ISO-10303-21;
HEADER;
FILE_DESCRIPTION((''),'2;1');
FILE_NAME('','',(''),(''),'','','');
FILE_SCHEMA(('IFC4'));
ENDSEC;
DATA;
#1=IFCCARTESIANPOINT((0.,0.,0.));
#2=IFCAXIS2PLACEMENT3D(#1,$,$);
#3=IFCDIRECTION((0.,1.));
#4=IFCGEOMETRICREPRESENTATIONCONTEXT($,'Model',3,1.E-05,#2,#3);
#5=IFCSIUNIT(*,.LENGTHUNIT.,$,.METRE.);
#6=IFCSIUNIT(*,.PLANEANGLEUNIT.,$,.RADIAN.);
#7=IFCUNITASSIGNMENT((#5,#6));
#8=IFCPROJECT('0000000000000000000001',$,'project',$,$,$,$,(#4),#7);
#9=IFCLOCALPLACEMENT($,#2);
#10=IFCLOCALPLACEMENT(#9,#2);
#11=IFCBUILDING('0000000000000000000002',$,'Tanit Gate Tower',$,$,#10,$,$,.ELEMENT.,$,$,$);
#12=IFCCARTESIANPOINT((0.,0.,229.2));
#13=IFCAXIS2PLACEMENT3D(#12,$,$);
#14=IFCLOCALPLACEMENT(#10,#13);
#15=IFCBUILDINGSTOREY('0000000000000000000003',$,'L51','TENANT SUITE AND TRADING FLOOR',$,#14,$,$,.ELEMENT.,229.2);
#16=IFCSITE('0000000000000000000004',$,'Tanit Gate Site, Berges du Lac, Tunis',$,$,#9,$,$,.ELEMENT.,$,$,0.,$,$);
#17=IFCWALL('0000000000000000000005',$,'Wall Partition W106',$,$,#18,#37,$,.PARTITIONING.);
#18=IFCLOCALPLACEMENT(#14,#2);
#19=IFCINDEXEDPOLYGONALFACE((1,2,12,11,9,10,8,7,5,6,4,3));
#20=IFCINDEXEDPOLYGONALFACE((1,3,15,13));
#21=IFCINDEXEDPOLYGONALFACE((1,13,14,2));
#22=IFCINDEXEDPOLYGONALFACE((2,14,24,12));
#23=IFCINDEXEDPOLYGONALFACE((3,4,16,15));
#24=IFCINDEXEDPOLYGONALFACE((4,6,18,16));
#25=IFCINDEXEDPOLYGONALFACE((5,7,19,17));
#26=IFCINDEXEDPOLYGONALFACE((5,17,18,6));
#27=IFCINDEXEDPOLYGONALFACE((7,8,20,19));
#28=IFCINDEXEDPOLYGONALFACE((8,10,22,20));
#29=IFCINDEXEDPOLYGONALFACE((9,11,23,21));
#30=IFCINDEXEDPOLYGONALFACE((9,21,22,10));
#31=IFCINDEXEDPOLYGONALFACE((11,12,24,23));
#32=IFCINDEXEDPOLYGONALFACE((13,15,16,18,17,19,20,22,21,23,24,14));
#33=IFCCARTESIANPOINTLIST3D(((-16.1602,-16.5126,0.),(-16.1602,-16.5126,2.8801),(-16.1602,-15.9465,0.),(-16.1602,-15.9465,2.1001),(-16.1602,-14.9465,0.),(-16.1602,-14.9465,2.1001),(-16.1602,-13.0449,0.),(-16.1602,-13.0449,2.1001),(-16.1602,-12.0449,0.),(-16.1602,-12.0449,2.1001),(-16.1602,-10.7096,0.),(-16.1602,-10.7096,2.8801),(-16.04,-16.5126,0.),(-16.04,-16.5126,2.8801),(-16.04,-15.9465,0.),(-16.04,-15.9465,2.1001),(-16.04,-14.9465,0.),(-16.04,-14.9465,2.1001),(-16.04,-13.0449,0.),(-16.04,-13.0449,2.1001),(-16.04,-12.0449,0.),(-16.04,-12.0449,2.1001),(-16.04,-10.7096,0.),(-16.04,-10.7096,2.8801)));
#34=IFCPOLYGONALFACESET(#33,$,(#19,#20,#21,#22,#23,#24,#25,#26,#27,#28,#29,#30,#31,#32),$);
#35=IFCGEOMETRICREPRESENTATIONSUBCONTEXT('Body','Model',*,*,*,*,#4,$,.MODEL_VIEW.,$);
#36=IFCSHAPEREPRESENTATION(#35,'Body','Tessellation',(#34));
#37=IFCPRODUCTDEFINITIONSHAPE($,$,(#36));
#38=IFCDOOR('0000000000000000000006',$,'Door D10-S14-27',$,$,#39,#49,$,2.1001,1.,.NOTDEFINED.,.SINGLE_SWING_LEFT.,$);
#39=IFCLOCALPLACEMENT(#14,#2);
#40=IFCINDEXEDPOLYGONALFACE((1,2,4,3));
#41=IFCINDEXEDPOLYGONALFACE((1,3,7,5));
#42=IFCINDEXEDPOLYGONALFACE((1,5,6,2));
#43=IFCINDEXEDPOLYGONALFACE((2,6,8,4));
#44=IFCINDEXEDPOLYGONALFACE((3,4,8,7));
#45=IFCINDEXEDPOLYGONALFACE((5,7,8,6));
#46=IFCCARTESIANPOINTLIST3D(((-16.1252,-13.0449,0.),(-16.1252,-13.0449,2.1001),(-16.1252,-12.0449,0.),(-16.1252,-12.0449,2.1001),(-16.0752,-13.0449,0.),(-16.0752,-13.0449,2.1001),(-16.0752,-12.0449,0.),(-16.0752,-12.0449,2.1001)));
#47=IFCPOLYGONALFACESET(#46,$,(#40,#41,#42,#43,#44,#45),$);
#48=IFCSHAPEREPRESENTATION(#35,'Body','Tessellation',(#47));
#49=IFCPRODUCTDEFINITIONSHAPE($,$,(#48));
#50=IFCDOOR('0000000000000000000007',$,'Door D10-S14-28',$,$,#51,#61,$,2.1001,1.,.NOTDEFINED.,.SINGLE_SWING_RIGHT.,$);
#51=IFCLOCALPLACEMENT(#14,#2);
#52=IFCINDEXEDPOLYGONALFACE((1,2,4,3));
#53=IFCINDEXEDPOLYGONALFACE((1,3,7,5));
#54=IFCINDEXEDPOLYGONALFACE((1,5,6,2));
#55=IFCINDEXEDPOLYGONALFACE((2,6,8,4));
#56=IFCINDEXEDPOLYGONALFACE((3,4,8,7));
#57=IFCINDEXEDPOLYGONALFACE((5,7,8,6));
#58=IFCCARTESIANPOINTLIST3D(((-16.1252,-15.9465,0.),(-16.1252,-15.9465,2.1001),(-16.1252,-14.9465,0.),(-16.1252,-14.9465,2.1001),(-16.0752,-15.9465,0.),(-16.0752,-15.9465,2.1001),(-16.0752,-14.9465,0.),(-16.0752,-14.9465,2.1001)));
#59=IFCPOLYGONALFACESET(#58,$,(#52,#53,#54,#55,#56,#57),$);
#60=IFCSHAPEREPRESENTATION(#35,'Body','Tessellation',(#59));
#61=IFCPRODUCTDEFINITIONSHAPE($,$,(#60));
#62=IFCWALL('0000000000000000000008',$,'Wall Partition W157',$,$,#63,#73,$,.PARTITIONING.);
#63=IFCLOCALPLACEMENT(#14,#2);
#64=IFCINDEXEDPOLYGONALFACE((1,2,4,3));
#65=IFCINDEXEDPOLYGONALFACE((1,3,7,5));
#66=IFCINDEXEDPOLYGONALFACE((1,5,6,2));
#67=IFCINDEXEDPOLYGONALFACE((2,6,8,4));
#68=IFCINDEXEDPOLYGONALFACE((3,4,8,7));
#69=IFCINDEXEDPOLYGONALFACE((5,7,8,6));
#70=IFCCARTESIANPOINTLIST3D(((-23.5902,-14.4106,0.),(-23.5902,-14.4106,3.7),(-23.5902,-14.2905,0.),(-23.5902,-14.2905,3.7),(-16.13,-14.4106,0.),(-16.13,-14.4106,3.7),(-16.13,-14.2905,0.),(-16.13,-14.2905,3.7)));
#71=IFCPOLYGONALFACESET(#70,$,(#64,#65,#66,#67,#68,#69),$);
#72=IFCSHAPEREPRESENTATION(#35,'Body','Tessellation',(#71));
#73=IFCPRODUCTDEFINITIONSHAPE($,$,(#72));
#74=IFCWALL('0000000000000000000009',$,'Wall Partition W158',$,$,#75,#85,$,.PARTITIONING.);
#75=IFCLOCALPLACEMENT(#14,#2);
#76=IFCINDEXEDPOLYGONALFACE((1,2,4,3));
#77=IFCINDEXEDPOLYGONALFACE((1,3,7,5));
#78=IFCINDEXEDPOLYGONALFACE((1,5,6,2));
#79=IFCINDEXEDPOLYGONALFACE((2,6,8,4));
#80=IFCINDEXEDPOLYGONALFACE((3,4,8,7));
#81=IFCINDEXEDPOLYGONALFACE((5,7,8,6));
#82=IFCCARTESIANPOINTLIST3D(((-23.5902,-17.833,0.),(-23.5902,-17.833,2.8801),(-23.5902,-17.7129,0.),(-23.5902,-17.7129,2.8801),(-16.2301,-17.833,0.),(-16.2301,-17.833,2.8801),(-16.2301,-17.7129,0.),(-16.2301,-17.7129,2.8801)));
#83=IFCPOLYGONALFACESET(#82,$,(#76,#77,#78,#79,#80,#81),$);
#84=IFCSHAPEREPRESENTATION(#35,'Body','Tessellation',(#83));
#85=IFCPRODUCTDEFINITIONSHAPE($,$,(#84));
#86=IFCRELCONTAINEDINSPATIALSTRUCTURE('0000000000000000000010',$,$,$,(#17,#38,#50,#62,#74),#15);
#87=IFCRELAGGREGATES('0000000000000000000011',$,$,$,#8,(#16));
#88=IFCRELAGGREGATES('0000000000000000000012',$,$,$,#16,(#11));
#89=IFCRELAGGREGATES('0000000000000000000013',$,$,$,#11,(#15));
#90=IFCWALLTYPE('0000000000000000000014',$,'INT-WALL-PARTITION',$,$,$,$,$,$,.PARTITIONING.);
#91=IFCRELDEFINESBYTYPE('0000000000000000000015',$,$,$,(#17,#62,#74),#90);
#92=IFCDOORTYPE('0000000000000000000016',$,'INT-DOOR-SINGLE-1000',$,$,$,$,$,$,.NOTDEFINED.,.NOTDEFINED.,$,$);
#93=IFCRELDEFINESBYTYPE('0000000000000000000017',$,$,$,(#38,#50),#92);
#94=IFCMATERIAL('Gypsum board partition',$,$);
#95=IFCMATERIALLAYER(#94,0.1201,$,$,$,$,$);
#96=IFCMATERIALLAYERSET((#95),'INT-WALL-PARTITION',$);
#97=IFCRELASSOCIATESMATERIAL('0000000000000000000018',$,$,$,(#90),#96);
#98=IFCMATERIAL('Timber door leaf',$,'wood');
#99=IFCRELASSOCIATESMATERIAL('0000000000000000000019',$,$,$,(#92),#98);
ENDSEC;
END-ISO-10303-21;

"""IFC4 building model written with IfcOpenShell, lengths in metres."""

from ifc_helpers import new_model, si_unit, direction, frame, frame_2d, origin, place, context, subcontext, project, spatial, rectangle, extrude, material, layer, layer_set, type_object, element, fill, save


model = new_model("IFC4")

# Units and contexts
model_context = context("Model", 3, precision=1e-05, world=origin(), true_north=direction((0.0, 1.0)))
body_context = subcontext(model_context, "Body", "Model", "MODEL_VIEW")
ifc_project = project(units=[si_unit("LENGTHUNIT", "METRE"), si_unit("PLANEANGLEUNIT", "RADIAN")], contexts=[model_context])

# Site, building, storey
site_placement = place(None, origin())
site = spatial("IfcSite", under=ifc_project, at=site_placement, Name="Tanit Gate Site, Berges du Lac, Tunis", CompositionType="ELEMENT", RefElevation=0.0)
building_placement = place(site_placement, origin())
building = spatial("IfcBuilding", under=site, at=building_placement, Name="Tanit Gate Tower", CompositionType="ELEMENT")
storey_placement = place(building_placement, frame((0.0, 0.0, 229.2)))
storey = spatial("IfcBuildingStorey", under=building, at=storey_placement, Name="L51", Description="TENANT SUITE AND TRADING FLOOR", CompositionType="ELEMENT", Elevation=229.2)

# Wall, openings, doors
ifc_material_1 = material(Name="Gypsum board partition")
ifc_layer_1 = layer(ifc_material_1, 0.1201)
ifc_layer_set_1 = layer_set([ifc_layer_1], Name="INT-WALL-PARTITION")
wall_type_1 = type_object("IfcWallType", Name="INT-WALL-PARTITION", PredefinedType="PARTITIONING", material=ifc_layer_set_1)
wall_1_placement = place(storey_placement, frame((-16.1001, -10.7097, 0.0), z_axis=(0.0, 0.0, 1.0), x_axis=(0.0, -1.0, 0.0)))
wall_1 = element("IfcWall", 1, at=wall_1_placement, inside=storey, type_object=wall_type_1, Name="Wall Partition W106", PredefinedType="PARTITIONING", context=body_context, shape_type="SweptSolid", body=[
    extrude(rectangle(XDim=5.803, YDim=0.1201, at=frame_2d((2.9014, 0.0))), origin(), (0.0, 0.0, 1.0), 2.8801),
])
opening_1_placement = place(wall_1_placement, frame((1.3352, 0.0, 0.0)))
opening_1 = element("IfcOpeningElement", 2, at=opening_1_placement, cuts=wall_1, PredefinedType="OPENING", context=body_context, shape_type="SweptSolid", body=[
    extrude(rectangle(XDim=1.0, YDim=2.1001, at=frame_2d((0.5, 1.05))), frame((0.0, 0.0701, 0.0), z_axis=(0.0, -1.0, 0.0), x_axis=(1.0, 0.0, 0.0)), (0.0, 0.0, 1.0), 0.1401),
])
opening_2_placement = place(wall_1_placement, frame((4.2368, 0.0, 0.0)))
opening_2 = element("IfcOpeningElement", 3, at=opening_2_placement, cuts=wall_1, PredefinedType="OPENING", context=body_context, shape_type="SweptSolid", body=[
    extrude(rectangle(XDim=1.0, YDim=2.1001, at=frame_2d((0.5, 1.05))), frame((0.0, 0.0701, 0.0), z_axis=(0.0, -1.0, 0.0), x_axis=(1.0, 0.0, 0.0)), (0.0, 0.0, 1.0), 0.1401),
])
ifc_material_2 = material(Name="Timber door leaf", Category="wood")
door_type = type_object("IfcDoorType", Name="INT-DOOR-SINGLE-1000", OperationType="NOTDEFINED", PredefinedType="NOTDEFINED", material=ifc_material_2)
door_1_placement = place(opening_1_placement, origin())
door_1 = element("IfcDoor", 4, at=door_1_placement, inside=storey, type_object=door_type, Name="Door D10-S14-27", OperationType="SINGLE_SWING_LEFT", OverallHeight=2.1001, OverallWidth=1.0, PredefinedType="NOTDEFINED", context=body_context, shape_type="SweptSolid", body=[
    extrude(rectangle(XDim=1.0, YDim=2.1001, at=frame_2d((0.5, 1.05))), frame((0.0, 0.0249, 0.0), z_axis=(0.0, -1.0, 0.0), x_axis=(1.0, 0.0, 0.0)), (0.0, 0.0, 1.0), 0.05),
])
fill(opening_1, door_1)
door_2_placement = place(opening_2_placement, origin())
door_2 = element("IfcDoor", 5, at=door_2_placement, inside=storey, type_object=door_type, Name="Door D10-S14-28", OperationType="SINGLE_SWING_RIGHT", OverallHeight=2.1001, OverallWidth=1.0, PredefinedType="NOTDEFINED", context=body_context, shape_type="SweptSolid", body=[
    extrude(rectangle(XDim=1.0, YDim=2.1001, at=frame_2d((0.5, 1.05))), frame((0.0, 0.0249, 0.0), z_axis=(0.0, -1.0, 0.0), x_axis=(1.0, 0.0, 0.0)), (0.0, 0.0, 1.0), 0.05),
])
fill(opening_2, door_2)

# Walls
wall_2_placement = place(storey_placement, frame((-23.5901, -14.3506, 0.0), z_axis=(0.0, 0.0, 1.0), x_axis=(1.0, 0.0, 0.0)))
element("IfcWall", 6, at=wall_2_placement, inside=storey, type_object=wall_type_1, Name="Wall Partition W157", PredefinedType="PARTITIONING", context=body_context, shape_type="SweptSolid", body=[
    extrude(rectangle(XDim=7.4602, YDim=0.1201, at=frame_2d((3.73, 0.0))), origin(), (0.0, 0.0, 1.0), 3.7),
])
wall_3_placement = place(storey_placement, frame((-16.23, -17.7729, 0.0), z_axis=(0.0, 0.0, 1.0), x_axis=(-1.0, 0.0, 0.0)))
element("IfcWall", 7, at=wall_3_placement, inside=storey, type_object=wall_type_1, Name="Wall Partition W158", PredefinedType="PARTITIONING", context=body_context, shape_type="SweptSolid", body=[
    extrude(rectangle(XDim=7.3601, YDim=0.1201, at=frame_2d((3.6802, 0.0))), origin(), (0.0, 0.0, 1.0), 2.8801),
])

save(model, "model.ifc")
